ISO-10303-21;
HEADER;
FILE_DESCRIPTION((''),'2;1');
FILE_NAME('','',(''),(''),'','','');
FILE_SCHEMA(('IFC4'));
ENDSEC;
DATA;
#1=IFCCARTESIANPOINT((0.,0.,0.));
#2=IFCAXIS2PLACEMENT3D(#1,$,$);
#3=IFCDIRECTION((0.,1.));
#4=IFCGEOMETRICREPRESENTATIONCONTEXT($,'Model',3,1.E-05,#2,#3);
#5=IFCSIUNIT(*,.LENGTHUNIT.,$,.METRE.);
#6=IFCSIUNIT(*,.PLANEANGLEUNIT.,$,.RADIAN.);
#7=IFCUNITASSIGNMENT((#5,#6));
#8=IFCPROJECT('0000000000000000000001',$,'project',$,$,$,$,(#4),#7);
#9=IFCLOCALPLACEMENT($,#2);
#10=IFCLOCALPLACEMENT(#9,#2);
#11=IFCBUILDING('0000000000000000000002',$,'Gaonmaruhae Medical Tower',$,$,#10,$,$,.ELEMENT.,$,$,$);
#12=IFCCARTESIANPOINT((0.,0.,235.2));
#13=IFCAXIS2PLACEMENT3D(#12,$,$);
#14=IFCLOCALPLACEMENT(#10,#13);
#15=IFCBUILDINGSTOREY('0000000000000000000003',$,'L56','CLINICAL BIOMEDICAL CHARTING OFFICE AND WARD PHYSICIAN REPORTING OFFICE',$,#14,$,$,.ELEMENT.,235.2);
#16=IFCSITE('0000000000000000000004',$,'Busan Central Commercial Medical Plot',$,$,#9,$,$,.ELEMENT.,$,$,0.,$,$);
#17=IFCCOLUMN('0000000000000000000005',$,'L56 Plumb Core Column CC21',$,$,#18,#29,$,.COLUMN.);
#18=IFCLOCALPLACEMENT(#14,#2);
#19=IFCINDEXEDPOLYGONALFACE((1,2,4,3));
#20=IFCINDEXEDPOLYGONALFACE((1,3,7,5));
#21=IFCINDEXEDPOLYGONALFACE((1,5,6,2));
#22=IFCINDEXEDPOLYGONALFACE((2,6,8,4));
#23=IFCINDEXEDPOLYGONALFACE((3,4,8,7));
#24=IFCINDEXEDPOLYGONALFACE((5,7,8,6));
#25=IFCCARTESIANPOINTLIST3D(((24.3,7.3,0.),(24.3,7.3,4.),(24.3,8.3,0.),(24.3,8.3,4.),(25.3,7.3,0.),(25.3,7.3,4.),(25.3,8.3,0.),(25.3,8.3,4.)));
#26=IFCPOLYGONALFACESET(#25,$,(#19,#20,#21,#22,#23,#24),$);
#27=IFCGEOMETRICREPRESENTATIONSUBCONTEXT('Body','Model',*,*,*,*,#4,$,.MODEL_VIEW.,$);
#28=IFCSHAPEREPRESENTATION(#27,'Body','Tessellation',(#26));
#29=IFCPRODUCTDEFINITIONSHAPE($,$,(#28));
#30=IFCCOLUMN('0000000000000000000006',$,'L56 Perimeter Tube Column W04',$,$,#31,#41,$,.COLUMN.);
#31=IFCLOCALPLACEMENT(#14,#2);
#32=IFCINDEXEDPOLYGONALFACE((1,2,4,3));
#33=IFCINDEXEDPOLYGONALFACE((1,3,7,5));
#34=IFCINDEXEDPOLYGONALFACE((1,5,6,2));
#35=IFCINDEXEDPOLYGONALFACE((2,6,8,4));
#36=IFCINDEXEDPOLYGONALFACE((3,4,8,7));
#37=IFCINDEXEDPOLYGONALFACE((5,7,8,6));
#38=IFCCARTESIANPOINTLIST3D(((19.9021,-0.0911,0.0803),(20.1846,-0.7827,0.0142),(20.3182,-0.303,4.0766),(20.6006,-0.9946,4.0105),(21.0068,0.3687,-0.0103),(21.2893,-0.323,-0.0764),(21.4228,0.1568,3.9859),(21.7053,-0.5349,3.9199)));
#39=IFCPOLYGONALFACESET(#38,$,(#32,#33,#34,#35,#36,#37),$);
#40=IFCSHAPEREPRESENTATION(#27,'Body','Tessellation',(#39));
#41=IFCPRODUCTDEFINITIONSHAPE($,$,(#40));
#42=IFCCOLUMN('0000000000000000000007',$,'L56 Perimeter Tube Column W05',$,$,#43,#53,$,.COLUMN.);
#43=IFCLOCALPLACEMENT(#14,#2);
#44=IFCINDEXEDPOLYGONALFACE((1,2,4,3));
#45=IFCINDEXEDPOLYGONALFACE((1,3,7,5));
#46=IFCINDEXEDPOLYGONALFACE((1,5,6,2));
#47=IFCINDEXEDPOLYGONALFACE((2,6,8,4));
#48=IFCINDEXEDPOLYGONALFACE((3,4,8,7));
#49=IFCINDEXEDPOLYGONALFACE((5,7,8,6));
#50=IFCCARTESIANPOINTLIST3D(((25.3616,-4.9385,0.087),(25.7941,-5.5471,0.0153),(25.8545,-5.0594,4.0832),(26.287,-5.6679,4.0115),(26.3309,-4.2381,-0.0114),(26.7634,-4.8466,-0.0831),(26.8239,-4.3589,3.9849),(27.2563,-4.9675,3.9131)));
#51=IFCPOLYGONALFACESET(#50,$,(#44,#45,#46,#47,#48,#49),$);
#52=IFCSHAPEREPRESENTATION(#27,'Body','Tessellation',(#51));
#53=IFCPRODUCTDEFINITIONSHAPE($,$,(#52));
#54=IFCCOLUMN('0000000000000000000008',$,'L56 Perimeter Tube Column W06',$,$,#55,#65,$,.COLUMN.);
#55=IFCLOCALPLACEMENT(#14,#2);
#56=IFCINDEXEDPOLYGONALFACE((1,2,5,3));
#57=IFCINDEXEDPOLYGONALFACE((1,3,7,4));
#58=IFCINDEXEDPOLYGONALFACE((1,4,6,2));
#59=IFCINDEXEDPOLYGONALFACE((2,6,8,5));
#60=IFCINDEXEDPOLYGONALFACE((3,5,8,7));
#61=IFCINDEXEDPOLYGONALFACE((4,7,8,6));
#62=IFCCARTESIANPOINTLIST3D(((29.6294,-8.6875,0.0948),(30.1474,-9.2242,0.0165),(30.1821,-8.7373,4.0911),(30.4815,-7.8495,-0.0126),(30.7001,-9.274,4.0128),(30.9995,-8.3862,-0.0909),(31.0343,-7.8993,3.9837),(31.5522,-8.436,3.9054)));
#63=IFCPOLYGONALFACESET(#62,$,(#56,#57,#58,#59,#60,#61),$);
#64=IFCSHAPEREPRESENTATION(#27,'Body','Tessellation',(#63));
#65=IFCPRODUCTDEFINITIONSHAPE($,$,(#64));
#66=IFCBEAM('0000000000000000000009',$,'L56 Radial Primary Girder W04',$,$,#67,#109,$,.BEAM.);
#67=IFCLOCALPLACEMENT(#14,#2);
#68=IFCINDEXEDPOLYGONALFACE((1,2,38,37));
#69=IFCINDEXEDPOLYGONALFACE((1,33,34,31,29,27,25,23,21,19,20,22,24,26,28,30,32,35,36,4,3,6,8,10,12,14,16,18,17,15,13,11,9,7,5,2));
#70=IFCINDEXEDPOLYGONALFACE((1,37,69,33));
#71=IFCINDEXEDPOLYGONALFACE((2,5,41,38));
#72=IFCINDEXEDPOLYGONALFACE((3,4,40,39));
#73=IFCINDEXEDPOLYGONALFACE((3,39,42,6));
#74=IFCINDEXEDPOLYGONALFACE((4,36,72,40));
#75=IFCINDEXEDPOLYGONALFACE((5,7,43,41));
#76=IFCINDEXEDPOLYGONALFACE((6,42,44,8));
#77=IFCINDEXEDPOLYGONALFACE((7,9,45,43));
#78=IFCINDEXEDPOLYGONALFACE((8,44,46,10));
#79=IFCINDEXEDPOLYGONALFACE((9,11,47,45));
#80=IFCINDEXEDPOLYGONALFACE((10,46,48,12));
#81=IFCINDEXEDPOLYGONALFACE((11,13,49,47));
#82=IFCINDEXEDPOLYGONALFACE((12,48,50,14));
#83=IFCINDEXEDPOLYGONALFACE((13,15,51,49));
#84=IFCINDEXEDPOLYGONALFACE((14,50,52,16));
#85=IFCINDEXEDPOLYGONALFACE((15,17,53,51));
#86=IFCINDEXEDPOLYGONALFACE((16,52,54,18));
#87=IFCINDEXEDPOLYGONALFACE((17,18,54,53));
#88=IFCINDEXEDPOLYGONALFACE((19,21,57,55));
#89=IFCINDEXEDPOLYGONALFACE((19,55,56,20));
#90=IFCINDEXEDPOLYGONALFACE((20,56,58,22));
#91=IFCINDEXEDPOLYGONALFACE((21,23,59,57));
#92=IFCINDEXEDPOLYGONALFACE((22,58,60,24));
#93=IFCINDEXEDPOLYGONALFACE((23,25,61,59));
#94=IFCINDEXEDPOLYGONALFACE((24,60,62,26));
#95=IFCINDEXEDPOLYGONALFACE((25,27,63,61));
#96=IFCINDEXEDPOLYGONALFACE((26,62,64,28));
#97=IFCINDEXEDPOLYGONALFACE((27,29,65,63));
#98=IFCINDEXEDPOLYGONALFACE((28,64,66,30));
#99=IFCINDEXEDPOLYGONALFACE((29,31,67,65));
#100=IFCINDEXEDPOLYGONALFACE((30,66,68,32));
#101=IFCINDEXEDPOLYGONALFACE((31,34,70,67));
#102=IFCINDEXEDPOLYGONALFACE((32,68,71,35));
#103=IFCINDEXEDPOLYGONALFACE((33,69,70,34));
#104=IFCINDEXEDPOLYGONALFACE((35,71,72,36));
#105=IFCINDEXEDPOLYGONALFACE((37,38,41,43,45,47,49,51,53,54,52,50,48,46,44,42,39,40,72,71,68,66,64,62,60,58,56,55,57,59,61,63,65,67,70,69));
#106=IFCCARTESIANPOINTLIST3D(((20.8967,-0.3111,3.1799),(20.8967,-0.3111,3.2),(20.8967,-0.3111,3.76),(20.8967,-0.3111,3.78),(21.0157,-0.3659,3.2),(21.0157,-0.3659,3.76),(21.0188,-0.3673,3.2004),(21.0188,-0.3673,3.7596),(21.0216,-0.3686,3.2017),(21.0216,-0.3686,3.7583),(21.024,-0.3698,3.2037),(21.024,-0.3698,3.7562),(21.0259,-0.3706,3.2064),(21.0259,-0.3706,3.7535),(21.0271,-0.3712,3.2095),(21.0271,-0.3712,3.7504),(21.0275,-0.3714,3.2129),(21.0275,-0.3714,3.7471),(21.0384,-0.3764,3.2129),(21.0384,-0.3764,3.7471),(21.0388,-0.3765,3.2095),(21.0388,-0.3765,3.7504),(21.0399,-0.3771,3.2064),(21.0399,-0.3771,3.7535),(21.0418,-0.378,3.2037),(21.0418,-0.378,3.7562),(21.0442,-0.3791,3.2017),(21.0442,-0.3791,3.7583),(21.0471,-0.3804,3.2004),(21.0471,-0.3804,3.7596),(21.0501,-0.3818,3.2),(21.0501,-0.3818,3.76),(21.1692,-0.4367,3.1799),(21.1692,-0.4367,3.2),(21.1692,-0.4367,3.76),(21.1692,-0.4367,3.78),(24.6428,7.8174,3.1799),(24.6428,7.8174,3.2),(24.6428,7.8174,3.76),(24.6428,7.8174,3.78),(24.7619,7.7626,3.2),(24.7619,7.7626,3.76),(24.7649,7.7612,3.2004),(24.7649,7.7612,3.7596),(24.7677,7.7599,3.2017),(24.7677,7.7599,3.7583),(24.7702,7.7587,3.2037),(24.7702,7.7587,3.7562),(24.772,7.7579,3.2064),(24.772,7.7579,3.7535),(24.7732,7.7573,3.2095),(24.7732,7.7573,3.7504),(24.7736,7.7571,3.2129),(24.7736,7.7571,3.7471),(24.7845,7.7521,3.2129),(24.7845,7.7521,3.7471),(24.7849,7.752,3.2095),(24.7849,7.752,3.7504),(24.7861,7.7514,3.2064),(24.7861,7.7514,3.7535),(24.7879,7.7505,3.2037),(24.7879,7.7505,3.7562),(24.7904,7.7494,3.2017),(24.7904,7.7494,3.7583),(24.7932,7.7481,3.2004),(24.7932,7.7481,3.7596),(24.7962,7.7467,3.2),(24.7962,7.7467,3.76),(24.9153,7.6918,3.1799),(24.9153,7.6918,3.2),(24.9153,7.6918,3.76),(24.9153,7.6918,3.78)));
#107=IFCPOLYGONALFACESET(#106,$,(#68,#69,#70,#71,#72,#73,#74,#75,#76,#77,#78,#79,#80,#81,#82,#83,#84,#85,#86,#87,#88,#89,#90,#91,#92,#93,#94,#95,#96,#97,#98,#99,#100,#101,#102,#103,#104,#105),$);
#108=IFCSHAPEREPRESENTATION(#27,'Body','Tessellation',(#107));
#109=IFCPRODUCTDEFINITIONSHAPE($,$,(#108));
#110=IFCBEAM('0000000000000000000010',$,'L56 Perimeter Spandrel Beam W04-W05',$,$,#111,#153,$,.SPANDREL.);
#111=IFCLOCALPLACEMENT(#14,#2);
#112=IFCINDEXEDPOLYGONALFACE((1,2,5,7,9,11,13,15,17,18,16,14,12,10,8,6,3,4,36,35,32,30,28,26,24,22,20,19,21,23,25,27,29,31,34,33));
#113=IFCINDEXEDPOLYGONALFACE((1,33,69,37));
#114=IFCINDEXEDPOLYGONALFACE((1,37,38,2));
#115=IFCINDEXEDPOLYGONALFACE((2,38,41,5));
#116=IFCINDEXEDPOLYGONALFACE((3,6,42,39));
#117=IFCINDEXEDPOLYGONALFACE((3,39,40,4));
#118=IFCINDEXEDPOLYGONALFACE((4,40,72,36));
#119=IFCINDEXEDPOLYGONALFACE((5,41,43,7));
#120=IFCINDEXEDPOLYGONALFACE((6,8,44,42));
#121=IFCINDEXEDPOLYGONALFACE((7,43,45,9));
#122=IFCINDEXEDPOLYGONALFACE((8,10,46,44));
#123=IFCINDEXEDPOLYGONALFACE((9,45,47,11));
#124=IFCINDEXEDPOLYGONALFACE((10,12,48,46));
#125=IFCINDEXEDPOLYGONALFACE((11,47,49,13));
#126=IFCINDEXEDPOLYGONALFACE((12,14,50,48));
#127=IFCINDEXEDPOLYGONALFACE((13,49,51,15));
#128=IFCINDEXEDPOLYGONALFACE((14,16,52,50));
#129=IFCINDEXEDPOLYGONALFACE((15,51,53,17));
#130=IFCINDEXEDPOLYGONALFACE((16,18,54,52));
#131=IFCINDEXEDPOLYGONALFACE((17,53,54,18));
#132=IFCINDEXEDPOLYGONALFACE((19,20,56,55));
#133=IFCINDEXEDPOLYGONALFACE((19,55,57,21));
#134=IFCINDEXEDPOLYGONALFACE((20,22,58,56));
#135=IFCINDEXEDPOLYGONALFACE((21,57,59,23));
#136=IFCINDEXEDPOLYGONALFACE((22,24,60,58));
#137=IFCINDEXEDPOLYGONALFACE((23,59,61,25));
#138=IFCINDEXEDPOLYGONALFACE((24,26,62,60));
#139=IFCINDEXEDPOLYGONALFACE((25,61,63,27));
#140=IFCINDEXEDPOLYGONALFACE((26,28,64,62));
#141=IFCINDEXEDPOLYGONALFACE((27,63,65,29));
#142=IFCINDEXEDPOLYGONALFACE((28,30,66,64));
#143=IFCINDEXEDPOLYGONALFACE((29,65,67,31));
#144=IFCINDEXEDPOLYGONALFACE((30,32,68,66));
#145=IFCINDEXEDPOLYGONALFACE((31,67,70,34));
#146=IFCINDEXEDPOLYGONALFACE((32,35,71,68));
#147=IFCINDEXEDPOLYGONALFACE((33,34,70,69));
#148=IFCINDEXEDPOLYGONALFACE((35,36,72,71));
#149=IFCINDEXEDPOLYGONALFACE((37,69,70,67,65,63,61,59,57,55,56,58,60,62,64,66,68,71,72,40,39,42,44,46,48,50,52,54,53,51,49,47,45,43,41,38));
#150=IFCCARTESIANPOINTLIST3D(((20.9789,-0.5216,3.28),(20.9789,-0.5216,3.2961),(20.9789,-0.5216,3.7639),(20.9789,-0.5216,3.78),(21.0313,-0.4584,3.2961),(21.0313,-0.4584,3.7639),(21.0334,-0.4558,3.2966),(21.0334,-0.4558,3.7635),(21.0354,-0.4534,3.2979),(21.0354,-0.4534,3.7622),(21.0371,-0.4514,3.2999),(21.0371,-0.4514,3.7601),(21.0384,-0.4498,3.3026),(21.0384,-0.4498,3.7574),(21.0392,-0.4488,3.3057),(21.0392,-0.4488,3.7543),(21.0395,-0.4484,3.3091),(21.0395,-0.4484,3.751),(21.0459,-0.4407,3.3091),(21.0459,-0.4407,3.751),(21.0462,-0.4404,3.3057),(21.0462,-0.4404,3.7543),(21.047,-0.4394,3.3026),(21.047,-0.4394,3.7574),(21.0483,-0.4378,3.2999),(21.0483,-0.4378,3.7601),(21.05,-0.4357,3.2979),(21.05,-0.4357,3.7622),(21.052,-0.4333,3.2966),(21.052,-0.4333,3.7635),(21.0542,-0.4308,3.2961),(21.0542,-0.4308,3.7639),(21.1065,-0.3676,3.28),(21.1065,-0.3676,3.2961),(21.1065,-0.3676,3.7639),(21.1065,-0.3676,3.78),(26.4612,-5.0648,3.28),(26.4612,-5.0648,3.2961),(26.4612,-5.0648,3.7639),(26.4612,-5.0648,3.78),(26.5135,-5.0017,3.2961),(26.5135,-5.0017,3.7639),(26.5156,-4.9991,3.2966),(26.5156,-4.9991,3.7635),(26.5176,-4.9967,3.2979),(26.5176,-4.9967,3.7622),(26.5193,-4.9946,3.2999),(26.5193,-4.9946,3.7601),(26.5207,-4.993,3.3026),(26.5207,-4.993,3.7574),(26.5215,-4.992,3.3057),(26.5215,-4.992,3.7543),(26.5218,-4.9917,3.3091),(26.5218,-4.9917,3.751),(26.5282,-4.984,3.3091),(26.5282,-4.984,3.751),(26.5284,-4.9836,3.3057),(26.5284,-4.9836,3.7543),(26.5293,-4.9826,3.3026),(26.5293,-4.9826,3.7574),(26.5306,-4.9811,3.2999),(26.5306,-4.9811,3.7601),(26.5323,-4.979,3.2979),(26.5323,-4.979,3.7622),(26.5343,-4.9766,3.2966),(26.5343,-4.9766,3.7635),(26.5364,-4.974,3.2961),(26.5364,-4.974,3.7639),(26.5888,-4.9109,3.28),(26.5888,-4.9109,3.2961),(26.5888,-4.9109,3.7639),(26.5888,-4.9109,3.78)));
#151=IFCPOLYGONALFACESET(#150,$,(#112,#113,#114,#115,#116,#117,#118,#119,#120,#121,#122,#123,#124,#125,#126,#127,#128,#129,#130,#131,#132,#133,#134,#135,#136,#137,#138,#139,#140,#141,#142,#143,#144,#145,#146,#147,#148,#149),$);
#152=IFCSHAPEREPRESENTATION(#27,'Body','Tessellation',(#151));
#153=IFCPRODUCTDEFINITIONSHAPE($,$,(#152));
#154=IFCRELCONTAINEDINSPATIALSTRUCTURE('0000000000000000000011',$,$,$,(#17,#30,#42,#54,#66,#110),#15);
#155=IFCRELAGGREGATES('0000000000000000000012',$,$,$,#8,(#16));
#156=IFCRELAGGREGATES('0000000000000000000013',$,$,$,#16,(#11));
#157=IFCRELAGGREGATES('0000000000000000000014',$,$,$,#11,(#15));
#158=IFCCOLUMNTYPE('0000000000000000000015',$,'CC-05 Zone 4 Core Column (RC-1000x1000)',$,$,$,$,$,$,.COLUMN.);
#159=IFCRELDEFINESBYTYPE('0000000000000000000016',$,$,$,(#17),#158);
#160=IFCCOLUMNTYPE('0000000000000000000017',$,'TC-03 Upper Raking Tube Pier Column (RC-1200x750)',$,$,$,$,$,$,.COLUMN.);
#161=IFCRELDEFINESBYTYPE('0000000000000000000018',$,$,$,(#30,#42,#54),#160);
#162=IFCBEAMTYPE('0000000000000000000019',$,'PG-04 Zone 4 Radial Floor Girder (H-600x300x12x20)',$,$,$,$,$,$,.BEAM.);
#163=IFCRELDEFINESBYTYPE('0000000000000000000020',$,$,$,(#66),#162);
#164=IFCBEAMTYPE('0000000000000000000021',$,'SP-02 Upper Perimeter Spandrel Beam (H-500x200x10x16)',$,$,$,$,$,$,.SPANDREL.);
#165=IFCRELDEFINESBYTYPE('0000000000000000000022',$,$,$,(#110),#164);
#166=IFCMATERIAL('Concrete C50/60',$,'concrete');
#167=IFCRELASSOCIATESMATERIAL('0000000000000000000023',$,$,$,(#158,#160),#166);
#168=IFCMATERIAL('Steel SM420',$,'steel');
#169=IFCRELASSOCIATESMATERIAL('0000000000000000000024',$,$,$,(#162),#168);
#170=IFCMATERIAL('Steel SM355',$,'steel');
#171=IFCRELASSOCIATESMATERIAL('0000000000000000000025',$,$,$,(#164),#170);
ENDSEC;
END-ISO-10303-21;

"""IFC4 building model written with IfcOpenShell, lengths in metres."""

from ifc_helpers import new_model, si_unit, direction, frame, origin, origin_2d, place, context, subcontext, project, spatial, rectangle, i_section, extrude, material, material_profile, profile_set, type_object, element, save


model = new_model("IFC4")

# Units and contexts
model_context = context("Model", 3, precision=1e-05, world=origin(), true_north=direction((0.0, 1.0)))
body_context = subcontext(model_context, "Body", "Model", "MODEL_VIEW")
ifc_project = project(units=[si_unit("LENGTHUNIT", "METRE"), si_unit("PLANEANGLEUNIT", "RADIAN")], contexts=[model_context])

# Site, building, storey
site_placement = place(None, origin())
site = spatial("IfcSite", under=ifc_project, at=site_placement, Name="Busan Central Commercial Medical Plot", CompositionType="ELEMENT", RefElevation=0.0)
building_placement = place(site_placement, origin())
building = spatial("IfcBuilding", under=site, at=building_placement, Name="Gaonmaruhae Medical Tower", CompositionType="ELEMENT")
storey_placement = place(building_placement, frame((0.0, 0.0, 235.2)))
storey = spatial("IfcBuildingStorey", under=building, at=storey_placement, Name="L56", Description="CLINICAL BIOMEDICAL CHARTING OFFICE AND WARD PHYSICIAN REPORTING OFFICE", CompositionType="ELEMENT", Elevation=235.2)

# Columns
ifc_material_1 = material(Name="Concrete C50/60", Category="concrete")
ifc_material_profile_1 = material_profile(ifc_material_1, rectangle(XDim=1.0, YDim=1.0, at=origin_2d()), Name="RC-1000x1000")
ifc_profile_set_1 = profile_set([ifc_material_profile_1], Name="Concrete C50/60")
column_type_1 = type_object("IfcColumnType", Name="CC-05 Zone 4 Core Column (RC-1000x1000)", PredefinedType="COLUMN", material=ifc_profile_set_1)
column_1_placement = place(storey_placement, frame((24.8, 7.8, 0.0), z_axis=(0.0, 0.0, 1.0), x_axis=(1.0, 0.0, 0.0)))
element("IfcColumn", 1, at=column_1_placement, inside=storey, type_object=column_type_1, Name="L56 Plumb Core Column CC21", PredefinedType="COLUMN", context=body_context, shape_type="SweptSolid", body=[
    extrude(rectangle(XDim=1.0, YDim=1.0, at=origin_2d()), origin(), (0.0, 0.0, 1.0), 4.0),
])
ifc_material_profile_2 = material_profile(ifc_material_1, rectangle(XDim=1.2, YDim=0.75, at=origin_2d()), Name="RC-1200x750")
ifc_profile_set_2 = profile_set([ifc_material_profile_2], Name="Concrete C50/60")
column_type_2 = type_object("IfcColumnType", Name="TC-03 Upper Raking Tube Pier Column (RC-1200x750)", PredefinedType="COLUMN", material=ifc_profile_set_2)
column_2_placement = place(storey_placement, frame((20.5957, -0.207, 0.002), z_axis=(0.103396, -0.052669, 0.993245), x_axis=(-0.920588, -0.383165, 0.075514)))
element("IfcColumn", 2, at=column_2_placement, inside=storey, type_object=column_type_2, Name="L56 Perimeter Tube Column W04", PredefinedType="COLUMN", context=body_context, shape_type="SweptSolid", body=[
    extrude(rectangle(XDim=1.2, YDim=0.75, at=origin_2d()), origin(), (0.0, 0.0, 1.0), 4.0234),
])
column_3_placement = place(storey_placement, frame((26.0625, -4.8926, 0.002), z_axis=(0.12236, -0.029999, 0.992032), x_axis=(-0.807816, -0.583705, 0.081987)))
element("IfcColumn", 3, at=column_3_placement, inside=storey, type_object=column_type_2, Name="L56 Perimeter Tube Column W05", PredefinedType="COLUMN", context=body_context, shape_type="SweptSolid", body=[
    extrude(rectangle(XDim=1.2, YDim=0.75, at=origin_2d()), origin(), (0.0, 0.0, 1.0), 4.0283),
])
column_4_placement = place(storey_placement, frame((30.3145, -8.5369, 0.002), z_axis=(0.136996, -0.012344, 0.990495), x_axis=(-0.710126, -0.698361, 0.089514)))
element("IfcColumn", 4, at=column_4_placement, inside=storey, type_object=column_type_2, Name="L56 Perimeter Tube Column W06", PredefinedType="COLUMN", context=body_context, shape_type="SweptSolid", body=[
    extrude(rectangle(XDim=1.2, YDim=0.75, at=origin_2d()), origin(), (0.0, 0.0, 1.0), 4.0347),
])

# Beams
ifc_material_2 = material(Name="Steel SM420", Category="steel")
ifc_material_profile_3 = material_profile(ifc_material_2, i_section(OverallWidth=0.3, OverallDepth=0.6001, WebThickness=0.012, FlangeThickness=0.02, FilletRadius=0.0129, at=origin_2d()), Name="H-600x300x12x20")
ifc_profile_set_3 = profile_set([ifc_material_profile_3], Name="Steel SM420")
beam_type_1 = type_object("IfcBeamType", Name="PG-04 Zone 4 Radial Floor Girder (H-600x300x12x20)", PredefinedType="BEAM", material=ifc_profile_set_3)
beam_1_placement = place(storey_placement, frame((24.7791, 7.7546, 3.48), z_axis=(-0.418553, -0.908192, 0.0), x_axis=(0.908192, -0.418553, 0.0)))
element("IfcBeam", 5, at=beam_1_placement, inside=storey, type_object=beam_type_1, Name="L56 Radial Primary Girder W04", PredefinedType="BEAM", context=body_context, shape_type="SweptSolid", body=[
    extrude(i_section(OverallWidth=0.3, OverallDepth=0.6001, WebThickness=0.012, FlangeThickness=0.02, FilletRadius=0.0129, at=origin_2d()), origin(), (0.0, 0.0, 1.0), 8.9502),
])
ifc_material_3 = material(Name="Steel SM355", Category="steel")
ifc_material_profile_4 = material_profile(ifc_material_3, i_section(OverallWidth=0.2, OverallDepth=0.5, WebThickness=0.01, FlangeThickness=0.0161, FilletRadius=0.0129, at=origin_2d()), Name="H-500x200x10x16")
ifc_profile_set_4 = profile_set([ifc_material_profile_4], Name="Steel SM355")
beam_type_2 = type_object("IfcBeamType", Name="SP-02 Upper Perimeter Spandrel Beam (H-500x200x10x16)", PredefinedType="SPANDREL", material=ifc_profile_set_4)
beam_2_placement = place(storey_placement, frame((21.0427, -0.4446, 3.53), z_axis=(0.769964, -0.638088, 0.0), x_axis=(0.638088, 0.769964, 0.0)))
element("IfcBeam", 6, at=beam_2_placement, inside=storey, type_object=beam_type_2, Name="L56 Perimeter Spandrel Beam W04-W05", PredefinedType="SPANDREL", context=body_context, shape_type="SweptSolid", body=[
    extrude(i_section(OverallWidth=0.2, OverallDepth=0.5, WebThickness=0.01, FlangeThickness=0.0161, FilletRadius=0.0129, at=origin_2d()), origin(), (0.0, 0.0, 1.0), 7.1201),
])

save(model, "model.ifc")
